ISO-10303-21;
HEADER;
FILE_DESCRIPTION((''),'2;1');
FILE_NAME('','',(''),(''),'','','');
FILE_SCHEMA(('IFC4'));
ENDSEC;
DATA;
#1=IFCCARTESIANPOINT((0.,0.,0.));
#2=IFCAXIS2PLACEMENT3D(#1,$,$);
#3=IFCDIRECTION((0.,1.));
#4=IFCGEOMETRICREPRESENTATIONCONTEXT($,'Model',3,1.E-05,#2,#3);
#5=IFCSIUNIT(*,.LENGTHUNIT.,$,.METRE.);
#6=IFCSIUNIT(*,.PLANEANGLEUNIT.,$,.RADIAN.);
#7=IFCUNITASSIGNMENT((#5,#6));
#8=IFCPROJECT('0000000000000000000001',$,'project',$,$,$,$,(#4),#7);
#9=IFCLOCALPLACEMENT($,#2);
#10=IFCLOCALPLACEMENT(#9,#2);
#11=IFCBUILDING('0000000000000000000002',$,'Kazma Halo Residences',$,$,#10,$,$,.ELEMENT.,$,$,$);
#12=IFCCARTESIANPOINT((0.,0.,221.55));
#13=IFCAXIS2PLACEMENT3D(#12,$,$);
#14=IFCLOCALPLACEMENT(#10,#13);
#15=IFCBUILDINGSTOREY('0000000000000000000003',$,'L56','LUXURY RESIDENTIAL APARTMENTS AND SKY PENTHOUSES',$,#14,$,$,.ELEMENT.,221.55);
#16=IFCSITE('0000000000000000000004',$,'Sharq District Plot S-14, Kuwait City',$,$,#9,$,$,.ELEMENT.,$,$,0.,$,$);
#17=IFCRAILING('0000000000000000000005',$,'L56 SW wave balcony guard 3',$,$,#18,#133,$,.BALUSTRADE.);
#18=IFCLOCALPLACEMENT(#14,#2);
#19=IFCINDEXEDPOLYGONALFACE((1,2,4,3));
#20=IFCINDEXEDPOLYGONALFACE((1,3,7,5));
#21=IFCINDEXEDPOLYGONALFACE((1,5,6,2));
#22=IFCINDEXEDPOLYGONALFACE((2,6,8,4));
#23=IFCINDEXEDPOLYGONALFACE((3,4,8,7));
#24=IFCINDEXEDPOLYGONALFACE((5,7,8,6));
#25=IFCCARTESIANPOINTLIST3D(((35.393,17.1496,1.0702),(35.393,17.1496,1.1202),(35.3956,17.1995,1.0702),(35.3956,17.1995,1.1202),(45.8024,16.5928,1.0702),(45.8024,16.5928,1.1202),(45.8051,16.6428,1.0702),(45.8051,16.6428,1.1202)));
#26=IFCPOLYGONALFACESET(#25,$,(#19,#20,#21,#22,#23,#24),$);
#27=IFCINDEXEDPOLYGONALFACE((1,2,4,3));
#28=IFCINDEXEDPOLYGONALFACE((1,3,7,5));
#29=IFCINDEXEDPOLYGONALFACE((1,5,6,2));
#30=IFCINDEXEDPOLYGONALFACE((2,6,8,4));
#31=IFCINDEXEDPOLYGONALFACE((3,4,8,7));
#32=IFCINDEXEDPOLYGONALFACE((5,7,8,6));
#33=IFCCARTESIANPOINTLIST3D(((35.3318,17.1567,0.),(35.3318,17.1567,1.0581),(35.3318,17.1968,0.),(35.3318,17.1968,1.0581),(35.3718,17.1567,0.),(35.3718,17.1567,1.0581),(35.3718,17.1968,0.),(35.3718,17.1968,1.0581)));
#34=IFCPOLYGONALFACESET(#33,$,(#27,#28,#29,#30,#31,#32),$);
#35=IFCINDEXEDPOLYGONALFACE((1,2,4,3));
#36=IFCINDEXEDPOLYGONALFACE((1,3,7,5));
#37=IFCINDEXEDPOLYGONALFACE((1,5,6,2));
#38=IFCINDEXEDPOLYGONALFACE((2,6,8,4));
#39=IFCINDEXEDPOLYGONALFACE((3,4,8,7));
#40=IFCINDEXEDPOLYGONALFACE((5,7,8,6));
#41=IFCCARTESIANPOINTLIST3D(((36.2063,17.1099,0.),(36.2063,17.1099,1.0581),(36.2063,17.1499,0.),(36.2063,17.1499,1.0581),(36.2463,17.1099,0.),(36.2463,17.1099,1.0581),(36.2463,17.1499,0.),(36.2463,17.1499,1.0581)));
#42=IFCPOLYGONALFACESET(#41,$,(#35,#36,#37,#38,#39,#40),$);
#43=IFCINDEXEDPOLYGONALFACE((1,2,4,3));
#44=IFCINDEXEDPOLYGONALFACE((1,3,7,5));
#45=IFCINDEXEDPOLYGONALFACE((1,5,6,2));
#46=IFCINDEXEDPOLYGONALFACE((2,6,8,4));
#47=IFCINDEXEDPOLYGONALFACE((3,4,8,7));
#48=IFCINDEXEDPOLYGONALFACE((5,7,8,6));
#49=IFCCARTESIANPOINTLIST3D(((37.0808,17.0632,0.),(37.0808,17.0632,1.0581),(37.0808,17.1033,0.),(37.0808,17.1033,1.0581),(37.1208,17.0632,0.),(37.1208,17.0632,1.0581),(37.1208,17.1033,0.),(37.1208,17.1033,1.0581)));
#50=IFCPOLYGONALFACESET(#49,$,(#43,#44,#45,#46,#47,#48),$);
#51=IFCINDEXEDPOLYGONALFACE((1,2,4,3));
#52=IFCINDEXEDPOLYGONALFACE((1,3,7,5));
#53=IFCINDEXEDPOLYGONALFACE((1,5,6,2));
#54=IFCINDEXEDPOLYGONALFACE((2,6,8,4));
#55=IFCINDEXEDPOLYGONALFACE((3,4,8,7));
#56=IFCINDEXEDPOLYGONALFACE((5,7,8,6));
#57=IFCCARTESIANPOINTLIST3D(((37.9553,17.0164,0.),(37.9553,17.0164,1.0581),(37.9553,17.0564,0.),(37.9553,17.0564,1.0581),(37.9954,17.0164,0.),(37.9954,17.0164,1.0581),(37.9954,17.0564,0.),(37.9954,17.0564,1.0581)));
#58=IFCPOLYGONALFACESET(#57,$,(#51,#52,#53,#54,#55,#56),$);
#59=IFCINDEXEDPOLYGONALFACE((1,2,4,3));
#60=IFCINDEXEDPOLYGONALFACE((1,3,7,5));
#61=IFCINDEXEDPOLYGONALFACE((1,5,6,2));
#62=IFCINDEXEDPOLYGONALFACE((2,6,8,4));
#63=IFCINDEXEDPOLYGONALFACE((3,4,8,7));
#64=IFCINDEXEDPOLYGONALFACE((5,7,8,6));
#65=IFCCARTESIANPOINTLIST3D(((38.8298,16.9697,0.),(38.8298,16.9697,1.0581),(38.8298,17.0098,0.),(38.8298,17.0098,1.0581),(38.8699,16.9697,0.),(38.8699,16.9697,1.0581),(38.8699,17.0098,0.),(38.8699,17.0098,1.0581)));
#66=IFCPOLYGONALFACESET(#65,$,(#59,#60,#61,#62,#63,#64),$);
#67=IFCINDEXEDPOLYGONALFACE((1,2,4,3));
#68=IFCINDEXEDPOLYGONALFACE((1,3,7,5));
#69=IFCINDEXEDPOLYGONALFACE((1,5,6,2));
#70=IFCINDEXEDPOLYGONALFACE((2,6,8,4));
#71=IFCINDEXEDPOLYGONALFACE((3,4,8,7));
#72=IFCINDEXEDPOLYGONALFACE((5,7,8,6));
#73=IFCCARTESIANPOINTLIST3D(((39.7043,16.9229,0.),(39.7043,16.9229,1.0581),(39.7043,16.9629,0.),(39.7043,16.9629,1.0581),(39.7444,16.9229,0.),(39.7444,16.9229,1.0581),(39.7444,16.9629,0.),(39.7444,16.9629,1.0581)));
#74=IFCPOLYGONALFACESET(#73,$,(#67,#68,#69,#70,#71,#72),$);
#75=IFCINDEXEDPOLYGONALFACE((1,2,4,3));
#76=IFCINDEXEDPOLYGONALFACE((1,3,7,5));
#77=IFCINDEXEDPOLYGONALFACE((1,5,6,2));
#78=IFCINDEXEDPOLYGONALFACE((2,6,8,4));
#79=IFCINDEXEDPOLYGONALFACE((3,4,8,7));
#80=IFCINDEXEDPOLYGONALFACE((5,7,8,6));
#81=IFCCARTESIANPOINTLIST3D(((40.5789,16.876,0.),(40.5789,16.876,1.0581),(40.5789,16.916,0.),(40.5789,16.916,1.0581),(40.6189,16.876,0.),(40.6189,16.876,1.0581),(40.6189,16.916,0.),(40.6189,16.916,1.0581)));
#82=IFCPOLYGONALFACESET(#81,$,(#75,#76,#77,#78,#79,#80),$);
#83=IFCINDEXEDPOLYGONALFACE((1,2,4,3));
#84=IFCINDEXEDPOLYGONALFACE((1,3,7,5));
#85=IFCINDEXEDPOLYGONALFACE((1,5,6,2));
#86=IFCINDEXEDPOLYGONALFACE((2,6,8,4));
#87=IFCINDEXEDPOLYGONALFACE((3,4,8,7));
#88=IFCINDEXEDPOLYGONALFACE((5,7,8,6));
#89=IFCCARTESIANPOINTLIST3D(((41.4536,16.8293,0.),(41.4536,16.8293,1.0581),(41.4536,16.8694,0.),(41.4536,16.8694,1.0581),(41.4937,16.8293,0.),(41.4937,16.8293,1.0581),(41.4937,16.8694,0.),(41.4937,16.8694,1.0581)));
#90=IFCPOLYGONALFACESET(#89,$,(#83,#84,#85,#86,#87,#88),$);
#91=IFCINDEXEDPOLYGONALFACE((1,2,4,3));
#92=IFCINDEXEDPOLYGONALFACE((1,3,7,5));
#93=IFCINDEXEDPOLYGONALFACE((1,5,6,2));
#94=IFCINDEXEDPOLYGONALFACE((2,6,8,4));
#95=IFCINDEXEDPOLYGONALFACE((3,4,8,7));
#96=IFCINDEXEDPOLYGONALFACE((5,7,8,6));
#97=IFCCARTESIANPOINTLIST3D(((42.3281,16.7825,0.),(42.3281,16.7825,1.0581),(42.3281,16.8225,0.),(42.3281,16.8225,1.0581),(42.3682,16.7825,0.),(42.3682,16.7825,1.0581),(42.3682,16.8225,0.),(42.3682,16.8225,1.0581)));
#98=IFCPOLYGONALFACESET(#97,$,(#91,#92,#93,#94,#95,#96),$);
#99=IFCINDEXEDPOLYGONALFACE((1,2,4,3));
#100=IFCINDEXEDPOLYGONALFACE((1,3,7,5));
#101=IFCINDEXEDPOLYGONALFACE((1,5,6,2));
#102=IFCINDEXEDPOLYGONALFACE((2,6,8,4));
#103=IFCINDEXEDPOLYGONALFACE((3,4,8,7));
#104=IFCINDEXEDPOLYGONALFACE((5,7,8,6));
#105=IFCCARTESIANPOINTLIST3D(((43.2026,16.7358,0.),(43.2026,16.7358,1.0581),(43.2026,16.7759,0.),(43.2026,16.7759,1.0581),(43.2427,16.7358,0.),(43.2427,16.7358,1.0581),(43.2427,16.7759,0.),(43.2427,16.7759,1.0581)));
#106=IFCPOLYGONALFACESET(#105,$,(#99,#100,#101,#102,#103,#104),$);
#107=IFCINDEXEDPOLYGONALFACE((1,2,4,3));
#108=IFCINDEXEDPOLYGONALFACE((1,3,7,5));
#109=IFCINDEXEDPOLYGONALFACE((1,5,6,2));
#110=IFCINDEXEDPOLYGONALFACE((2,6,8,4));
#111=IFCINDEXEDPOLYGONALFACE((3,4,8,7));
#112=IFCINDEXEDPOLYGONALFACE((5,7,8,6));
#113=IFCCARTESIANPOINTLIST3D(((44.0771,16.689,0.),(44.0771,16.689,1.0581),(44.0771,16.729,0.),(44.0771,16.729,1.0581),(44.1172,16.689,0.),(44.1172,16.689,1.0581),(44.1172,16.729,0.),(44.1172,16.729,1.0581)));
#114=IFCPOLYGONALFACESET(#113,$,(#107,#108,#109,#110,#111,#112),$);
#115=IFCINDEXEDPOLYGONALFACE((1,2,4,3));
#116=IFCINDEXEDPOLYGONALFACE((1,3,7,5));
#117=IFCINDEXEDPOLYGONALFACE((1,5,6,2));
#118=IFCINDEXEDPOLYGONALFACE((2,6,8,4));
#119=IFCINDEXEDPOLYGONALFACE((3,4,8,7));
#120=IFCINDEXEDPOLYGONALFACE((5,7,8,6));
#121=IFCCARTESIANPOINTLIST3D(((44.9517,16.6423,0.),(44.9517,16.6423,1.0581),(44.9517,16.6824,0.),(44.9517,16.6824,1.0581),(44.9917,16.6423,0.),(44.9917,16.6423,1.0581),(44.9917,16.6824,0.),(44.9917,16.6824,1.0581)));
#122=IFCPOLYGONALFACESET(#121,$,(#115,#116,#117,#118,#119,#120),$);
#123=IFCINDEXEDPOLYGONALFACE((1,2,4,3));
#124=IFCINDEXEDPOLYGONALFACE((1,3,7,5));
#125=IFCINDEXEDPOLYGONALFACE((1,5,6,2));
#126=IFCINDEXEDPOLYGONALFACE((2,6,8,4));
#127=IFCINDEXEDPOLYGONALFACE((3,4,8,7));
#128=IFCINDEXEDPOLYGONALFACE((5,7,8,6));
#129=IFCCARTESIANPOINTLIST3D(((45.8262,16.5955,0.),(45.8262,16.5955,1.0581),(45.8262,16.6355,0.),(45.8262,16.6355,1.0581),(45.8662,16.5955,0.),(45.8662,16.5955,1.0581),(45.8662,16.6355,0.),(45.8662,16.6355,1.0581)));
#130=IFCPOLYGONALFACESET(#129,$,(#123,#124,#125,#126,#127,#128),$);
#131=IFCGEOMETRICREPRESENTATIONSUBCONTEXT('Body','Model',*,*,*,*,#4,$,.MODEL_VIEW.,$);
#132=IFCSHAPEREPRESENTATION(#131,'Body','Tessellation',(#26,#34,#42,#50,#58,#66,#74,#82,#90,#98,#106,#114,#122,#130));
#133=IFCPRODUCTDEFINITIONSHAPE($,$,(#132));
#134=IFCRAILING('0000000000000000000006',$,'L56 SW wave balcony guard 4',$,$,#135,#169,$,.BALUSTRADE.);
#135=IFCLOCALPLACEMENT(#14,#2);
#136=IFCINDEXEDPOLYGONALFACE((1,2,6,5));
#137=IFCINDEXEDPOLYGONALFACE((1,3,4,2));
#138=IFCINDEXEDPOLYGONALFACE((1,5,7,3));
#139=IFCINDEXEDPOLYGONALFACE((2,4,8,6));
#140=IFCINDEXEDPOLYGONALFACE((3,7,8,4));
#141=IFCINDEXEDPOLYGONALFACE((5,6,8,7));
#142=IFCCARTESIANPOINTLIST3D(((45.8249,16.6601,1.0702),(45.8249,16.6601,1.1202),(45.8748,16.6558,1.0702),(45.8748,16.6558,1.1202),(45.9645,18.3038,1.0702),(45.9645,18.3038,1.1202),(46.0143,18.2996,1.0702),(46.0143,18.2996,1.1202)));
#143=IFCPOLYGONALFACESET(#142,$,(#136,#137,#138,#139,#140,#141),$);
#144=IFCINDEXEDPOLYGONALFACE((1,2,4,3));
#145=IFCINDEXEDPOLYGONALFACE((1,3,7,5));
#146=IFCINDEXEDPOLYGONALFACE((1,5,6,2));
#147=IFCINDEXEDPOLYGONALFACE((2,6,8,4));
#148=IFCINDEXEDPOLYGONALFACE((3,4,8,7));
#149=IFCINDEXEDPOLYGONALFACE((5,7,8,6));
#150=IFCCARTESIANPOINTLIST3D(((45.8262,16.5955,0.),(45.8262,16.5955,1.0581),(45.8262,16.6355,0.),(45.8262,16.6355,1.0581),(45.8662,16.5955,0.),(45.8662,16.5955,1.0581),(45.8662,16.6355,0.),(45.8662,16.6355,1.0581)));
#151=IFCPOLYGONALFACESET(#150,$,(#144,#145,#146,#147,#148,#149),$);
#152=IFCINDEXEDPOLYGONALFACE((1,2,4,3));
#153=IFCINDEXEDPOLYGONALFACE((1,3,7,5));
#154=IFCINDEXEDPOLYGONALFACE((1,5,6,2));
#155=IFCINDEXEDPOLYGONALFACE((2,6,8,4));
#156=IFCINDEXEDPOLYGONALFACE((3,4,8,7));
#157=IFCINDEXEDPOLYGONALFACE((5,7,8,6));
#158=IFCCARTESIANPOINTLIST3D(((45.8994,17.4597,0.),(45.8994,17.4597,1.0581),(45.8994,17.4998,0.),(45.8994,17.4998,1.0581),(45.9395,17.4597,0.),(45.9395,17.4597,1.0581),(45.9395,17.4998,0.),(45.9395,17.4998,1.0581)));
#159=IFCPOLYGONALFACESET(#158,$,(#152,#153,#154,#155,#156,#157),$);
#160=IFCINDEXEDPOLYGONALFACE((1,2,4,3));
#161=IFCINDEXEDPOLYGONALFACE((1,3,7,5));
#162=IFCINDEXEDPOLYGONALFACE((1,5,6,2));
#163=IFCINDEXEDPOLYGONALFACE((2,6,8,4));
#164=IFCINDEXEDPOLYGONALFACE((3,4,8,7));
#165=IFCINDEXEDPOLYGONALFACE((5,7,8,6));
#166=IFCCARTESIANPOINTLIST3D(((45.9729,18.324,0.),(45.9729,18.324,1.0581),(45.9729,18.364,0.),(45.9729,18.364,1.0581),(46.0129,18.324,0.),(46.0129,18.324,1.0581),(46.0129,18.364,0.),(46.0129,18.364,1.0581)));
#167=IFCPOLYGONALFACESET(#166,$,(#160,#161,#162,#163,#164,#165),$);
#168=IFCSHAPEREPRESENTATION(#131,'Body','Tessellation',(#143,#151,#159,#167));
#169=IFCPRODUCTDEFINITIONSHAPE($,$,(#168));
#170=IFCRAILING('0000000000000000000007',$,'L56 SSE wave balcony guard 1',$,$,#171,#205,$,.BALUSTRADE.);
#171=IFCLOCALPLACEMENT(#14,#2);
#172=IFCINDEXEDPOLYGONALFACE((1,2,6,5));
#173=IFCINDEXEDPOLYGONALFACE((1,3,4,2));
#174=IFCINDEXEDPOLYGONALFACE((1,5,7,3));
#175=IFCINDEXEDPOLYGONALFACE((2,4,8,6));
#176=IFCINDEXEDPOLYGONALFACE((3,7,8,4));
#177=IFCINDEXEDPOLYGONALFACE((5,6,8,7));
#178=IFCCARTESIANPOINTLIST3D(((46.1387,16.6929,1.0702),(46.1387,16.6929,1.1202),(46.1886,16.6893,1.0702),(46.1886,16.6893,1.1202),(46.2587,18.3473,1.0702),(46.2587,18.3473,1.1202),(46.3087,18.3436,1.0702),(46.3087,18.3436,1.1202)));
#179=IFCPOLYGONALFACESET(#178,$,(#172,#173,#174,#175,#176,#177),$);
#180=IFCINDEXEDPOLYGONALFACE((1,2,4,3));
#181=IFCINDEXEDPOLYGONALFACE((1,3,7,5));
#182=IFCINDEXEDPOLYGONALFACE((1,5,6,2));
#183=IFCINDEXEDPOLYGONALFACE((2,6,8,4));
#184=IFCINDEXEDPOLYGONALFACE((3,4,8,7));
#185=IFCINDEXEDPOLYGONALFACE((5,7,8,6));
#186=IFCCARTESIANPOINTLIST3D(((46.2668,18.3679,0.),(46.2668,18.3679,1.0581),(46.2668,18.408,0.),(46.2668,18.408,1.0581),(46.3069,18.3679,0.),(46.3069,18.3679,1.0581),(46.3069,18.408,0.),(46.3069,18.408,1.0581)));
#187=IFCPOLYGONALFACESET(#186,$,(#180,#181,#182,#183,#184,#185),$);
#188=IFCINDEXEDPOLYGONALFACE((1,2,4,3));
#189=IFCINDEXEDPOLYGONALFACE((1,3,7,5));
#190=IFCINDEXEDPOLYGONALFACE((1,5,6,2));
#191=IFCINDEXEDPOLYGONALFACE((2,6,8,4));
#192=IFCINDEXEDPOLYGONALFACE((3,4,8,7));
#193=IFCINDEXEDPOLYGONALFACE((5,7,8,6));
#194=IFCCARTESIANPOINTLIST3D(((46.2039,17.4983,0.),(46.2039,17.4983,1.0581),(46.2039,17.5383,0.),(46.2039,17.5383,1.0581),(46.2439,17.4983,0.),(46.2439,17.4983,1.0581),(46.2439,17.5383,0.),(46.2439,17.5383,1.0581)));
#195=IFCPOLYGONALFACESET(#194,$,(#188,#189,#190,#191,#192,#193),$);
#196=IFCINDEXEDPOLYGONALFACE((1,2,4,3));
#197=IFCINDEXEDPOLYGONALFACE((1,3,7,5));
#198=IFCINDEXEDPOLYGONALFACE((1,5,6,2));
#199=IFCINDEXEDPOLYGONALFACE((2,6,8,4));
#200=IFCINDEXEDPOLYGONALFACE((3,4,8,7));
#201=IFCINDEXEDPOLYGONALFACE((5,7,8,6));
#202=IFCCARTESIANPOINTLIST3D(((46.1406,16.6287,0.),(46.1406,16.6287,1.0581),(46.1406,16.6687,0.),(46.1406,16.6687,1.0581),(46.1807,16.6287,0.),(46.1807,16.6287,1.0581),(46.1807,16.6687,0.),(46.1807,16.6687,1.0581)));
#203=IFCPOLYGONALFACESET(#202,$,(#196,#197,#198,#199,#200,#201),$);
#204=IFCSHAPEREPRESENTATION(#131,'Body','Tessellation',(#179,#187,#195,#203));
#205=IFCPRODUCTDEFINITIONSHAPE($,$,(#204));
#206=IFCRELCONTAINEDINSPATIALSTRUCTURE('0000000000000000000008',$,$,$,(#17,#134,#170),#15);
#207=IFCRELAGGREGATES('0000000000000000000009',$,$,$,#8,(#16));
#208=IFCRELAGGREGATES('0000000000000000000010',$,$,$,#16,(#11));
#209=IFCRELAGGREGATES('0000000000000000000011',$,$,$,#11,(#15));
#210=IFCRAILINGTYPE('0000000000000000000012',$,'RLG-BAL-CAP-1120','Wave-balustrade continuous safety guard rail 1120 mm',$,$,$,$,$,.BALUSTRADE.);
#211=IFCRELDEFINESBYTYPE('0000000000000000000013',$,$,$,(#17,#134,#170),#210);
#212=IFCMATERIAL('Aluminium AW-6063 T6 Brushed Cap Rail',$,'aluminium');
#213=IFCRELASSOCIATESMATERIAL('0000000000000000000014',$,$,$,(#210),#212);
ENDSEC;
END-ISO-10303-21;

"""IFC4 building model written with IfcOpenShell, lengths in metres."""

from ifc_helpers import new_model, si_unit, direction, frame, origin, origin_2d, place, context, subcontext, project, spatial, rectangle, extrude, material, type_object, element, save


model = new_model("IFC4")

# Units and contexts
model_context = context("Model", 3, precision=1e-05, world=origin(), true_north=direction((0.0, 1.0)))
body_context = subcontext(model_context, "Body", "Model", "MODEL_VIEW")
ifc_project = project(units=[si_unit("LENGTHUNIT", "METRE"), si_unit("PLANEANGLEUNIT", "RADIAN")], contexts=[model_context])

# Site, building, storey
site_placement = place(None, origin())
site = spatial("IfcSite", under=ifc_project, at=site_placement, Name="Sharq District Plot S-14, Kuwait City", CompositionType="ELEMENT", RefElevation=0.0)
building_placement = place(site_placement, origin())
building = spatial("IfcBuilding", under=site, at=building_placement, Name="Kazma Halo Residences", CompositionType="ELEMENT")
storey_placement = place(building_placement, frame((0.0, 0.0, 221.55)))
storey = spatial("IfcBuildingStorey", under=building, at=storey_placement, Name="L56", Description="LUXURY RESIDENTIAL APARTMENTS AND SKY PENTHOUSES", CompositionType="ELEMENT", Elevation=221.55)

# Railings
ifc_material_1 = material(Name="Aluminium AW-6063 T6 Brushed Cap Rail", Category="aluminium")
railing_type = type_object("IfcRailingType", Name="RLG-BAL-CAP-1120", Description="Wave-balustrade continuous safety guard rail 1120 mm", PredefinedType="BALUSTRADE", material=ifc_material_1)
railing_1_placement = place(storey_placement, frame((35.3518, 17.1768, 0.0)))
element("IfcRailing", 1, at=railing_1_placement, inside=storey, type_object=railing_type, Name="L56 SW wave balcony guard 3", PredefinedType="BALUSTRADE", context=body_context, shape_type="SweptSolid", body=[
    extrude(rectangle(XDim=0.05, YDim=0.05, at=origin_2d()), frame((0.0425, -0.0022, 1.0952), z_axis=(0.998573, -0.053407, 0.0), x_axis=(0.053407, 0.998573, 0.0)), (0.0, 0.0, 1.0), 10.4243),
    extrude(rectangle(XDim=0.04, YDim=0.04, at=origin_2d()), origin(), (0.0, 0.0, 1.0), 1.0581),
    extrude(rectangle(XDim=0.04, YDim=0.04, at=origin_2d()), frame((0.8745, -0.0469, 0.0)), (0.0, 0.0, 1.0), 1.0581),
    extrude(rectangle(XDim=0.04, YDim=0.04, at=origin_2d()), frame((1.749, -0.0935, 0.0)), (0.0, 0.0, 1.0), 1.0581),
    extrude(rectangle(XDim=0.04, YDim=0.04, at=origin_2d()), frame((2.6235, -0.1404, 0.0)), (0.0, 0.0, 1.0), 1.0581),
    extrude(rectangle(XDim=0.04, YDim=0.04, at=origin_2d()), frame((3.498, -0.187, 0.0)), (0.0, 0.0, 1.0), 1.0581),
    extrude(rectangle(XDim=0.04, YDim=0.04, at=origin_2d()), frame((4.3726, -0.2339, 0.0)), (0.0, 0.0, 1.0), 1.0581),
    extrude(rectangle(XDim=0.04, YDim=0.04, at=origin_2d()), frame((5.2471, -0.2808, 0.0)), (0.0, 0.0, 1.0), 1.0581),
    extrude(rectangle(XDim=0.04, YDim=0.04, at=origin_2d()), frame((6.1218, -0.3274, 0.0)), (0.0, 0.0, 1.0), 1.0581),
    extrude(rectangle(XDim=0.04, YDim=0.04, at=origin_2d()), frame((6.9963, -0.3743, 0.0)), (0.0, 0.0, 1.0), 1.0581),
    extrude(rectangle(XDim=0.04, YDim=0.04, at=origin_2d()), frame((7.8708, -0.4209, 0.0)), (0.0, 0.0, 1.0), 1.0581),
    extrude(rectangle(XDim=0.04, YDim=0.04, at=origin_2d()), frame((8.7454, -0.4678, 0.0)), (0.0, 0.0, 1.0), 1.0581),
    extrude(rectangle(XDim=0.04, YDim=0.04, at=origin_2d()), frame((9.6199, -0.5144, 0.0)), (0.0, 0.0, 1.0), 1.0581),
    extrude(rectangle(XDim=0.04, YDim=0.04, at=origin_2d()), frame((10.4944, -0.5613, 0.0)), (0.0, 0.0, 1.0), 1.0581),
])
railing_2_placement = place(storey_placement, frame((45.8462, 16.6155, 0.0)))
element("IfcRailing", 2, at=railing_2_placement, inside=storey, type_object=railing_type, Name="L56 SW wave balcony guard 4", PredefinedType="BALUSTRADE", context=body_context, shape_type="SweptSolid", body=[
    extrude(rectangle(XDim=0.05, YDim=0.05, at=origin_2d()), frame((0.0037, 0.0425, 1.0952), z_axis=(0.084583, 0.996416, 0.0), x_axis=(-0.996416, 0.084583, 0.0)), (0.0, 0.0, 1.0), 1.6497),
    extrude(rectangle(XDim=0.04, YDim=0.04, at=origin_2d()), origin(), (0.0, 0.0, 1.0), 1.0581),
    extrude(rectangle(XDim=0.04, YDim=0.04, at=origin_2d()), frame((0.0732, 0.8643, 0.0)), (0.0, 0.0, 1.0), 1.0581),
    extrude(rectangle(XDim=0.04, YDim=0.04, at=origin_2d()), frame((0.1467, 1.7285, 0.0)), (0.0, 0.0, 1.0), 1.0581),
])
railing_3_placement = place(storey_placement, frame((46.2869, 18.3879, 0.0)))
element("IfcRailing", 3, at=railing_3_placement, inside=storey, type_object=railing_type, Name="L56 SSE wave balcony guard 1", PredefinedType="BALUSTRADE", context=body_context, shape_type="SweptSolid", body=[
    extrude(rectangle(XDim=0.05, YDim=0.05, at=origin_2d()), frame((-0.0032, -0.0425, 1.0952), z_axis=(-0.072381, -0.997377, 0.0), x_axis=(0.997377, -0.072381, 0.0)), (0.0, 0.0, 1.0), 1.6587),
    extrude(rectangle(XDim=0.04, YDim=0.04, at=origin_2d()), origin(), (0.0, 0.0, 1.0), 1.0581),
    extrude(rectangle(XDim=0.04, YDim=0.04, at=origin_2d()), frame((-0.063, -0.8696, 0.0)), (0.0, 0.0, 1.0), 1.0581),
    extrude(rectangle(XDim=0.04, YDim=0.04, at=origin_2d()), frame((-0.1262, -1.7393, 0.0)), (0.0, 0.0, 1.0), 1.0581),
])

save(model, "model.ifc")
